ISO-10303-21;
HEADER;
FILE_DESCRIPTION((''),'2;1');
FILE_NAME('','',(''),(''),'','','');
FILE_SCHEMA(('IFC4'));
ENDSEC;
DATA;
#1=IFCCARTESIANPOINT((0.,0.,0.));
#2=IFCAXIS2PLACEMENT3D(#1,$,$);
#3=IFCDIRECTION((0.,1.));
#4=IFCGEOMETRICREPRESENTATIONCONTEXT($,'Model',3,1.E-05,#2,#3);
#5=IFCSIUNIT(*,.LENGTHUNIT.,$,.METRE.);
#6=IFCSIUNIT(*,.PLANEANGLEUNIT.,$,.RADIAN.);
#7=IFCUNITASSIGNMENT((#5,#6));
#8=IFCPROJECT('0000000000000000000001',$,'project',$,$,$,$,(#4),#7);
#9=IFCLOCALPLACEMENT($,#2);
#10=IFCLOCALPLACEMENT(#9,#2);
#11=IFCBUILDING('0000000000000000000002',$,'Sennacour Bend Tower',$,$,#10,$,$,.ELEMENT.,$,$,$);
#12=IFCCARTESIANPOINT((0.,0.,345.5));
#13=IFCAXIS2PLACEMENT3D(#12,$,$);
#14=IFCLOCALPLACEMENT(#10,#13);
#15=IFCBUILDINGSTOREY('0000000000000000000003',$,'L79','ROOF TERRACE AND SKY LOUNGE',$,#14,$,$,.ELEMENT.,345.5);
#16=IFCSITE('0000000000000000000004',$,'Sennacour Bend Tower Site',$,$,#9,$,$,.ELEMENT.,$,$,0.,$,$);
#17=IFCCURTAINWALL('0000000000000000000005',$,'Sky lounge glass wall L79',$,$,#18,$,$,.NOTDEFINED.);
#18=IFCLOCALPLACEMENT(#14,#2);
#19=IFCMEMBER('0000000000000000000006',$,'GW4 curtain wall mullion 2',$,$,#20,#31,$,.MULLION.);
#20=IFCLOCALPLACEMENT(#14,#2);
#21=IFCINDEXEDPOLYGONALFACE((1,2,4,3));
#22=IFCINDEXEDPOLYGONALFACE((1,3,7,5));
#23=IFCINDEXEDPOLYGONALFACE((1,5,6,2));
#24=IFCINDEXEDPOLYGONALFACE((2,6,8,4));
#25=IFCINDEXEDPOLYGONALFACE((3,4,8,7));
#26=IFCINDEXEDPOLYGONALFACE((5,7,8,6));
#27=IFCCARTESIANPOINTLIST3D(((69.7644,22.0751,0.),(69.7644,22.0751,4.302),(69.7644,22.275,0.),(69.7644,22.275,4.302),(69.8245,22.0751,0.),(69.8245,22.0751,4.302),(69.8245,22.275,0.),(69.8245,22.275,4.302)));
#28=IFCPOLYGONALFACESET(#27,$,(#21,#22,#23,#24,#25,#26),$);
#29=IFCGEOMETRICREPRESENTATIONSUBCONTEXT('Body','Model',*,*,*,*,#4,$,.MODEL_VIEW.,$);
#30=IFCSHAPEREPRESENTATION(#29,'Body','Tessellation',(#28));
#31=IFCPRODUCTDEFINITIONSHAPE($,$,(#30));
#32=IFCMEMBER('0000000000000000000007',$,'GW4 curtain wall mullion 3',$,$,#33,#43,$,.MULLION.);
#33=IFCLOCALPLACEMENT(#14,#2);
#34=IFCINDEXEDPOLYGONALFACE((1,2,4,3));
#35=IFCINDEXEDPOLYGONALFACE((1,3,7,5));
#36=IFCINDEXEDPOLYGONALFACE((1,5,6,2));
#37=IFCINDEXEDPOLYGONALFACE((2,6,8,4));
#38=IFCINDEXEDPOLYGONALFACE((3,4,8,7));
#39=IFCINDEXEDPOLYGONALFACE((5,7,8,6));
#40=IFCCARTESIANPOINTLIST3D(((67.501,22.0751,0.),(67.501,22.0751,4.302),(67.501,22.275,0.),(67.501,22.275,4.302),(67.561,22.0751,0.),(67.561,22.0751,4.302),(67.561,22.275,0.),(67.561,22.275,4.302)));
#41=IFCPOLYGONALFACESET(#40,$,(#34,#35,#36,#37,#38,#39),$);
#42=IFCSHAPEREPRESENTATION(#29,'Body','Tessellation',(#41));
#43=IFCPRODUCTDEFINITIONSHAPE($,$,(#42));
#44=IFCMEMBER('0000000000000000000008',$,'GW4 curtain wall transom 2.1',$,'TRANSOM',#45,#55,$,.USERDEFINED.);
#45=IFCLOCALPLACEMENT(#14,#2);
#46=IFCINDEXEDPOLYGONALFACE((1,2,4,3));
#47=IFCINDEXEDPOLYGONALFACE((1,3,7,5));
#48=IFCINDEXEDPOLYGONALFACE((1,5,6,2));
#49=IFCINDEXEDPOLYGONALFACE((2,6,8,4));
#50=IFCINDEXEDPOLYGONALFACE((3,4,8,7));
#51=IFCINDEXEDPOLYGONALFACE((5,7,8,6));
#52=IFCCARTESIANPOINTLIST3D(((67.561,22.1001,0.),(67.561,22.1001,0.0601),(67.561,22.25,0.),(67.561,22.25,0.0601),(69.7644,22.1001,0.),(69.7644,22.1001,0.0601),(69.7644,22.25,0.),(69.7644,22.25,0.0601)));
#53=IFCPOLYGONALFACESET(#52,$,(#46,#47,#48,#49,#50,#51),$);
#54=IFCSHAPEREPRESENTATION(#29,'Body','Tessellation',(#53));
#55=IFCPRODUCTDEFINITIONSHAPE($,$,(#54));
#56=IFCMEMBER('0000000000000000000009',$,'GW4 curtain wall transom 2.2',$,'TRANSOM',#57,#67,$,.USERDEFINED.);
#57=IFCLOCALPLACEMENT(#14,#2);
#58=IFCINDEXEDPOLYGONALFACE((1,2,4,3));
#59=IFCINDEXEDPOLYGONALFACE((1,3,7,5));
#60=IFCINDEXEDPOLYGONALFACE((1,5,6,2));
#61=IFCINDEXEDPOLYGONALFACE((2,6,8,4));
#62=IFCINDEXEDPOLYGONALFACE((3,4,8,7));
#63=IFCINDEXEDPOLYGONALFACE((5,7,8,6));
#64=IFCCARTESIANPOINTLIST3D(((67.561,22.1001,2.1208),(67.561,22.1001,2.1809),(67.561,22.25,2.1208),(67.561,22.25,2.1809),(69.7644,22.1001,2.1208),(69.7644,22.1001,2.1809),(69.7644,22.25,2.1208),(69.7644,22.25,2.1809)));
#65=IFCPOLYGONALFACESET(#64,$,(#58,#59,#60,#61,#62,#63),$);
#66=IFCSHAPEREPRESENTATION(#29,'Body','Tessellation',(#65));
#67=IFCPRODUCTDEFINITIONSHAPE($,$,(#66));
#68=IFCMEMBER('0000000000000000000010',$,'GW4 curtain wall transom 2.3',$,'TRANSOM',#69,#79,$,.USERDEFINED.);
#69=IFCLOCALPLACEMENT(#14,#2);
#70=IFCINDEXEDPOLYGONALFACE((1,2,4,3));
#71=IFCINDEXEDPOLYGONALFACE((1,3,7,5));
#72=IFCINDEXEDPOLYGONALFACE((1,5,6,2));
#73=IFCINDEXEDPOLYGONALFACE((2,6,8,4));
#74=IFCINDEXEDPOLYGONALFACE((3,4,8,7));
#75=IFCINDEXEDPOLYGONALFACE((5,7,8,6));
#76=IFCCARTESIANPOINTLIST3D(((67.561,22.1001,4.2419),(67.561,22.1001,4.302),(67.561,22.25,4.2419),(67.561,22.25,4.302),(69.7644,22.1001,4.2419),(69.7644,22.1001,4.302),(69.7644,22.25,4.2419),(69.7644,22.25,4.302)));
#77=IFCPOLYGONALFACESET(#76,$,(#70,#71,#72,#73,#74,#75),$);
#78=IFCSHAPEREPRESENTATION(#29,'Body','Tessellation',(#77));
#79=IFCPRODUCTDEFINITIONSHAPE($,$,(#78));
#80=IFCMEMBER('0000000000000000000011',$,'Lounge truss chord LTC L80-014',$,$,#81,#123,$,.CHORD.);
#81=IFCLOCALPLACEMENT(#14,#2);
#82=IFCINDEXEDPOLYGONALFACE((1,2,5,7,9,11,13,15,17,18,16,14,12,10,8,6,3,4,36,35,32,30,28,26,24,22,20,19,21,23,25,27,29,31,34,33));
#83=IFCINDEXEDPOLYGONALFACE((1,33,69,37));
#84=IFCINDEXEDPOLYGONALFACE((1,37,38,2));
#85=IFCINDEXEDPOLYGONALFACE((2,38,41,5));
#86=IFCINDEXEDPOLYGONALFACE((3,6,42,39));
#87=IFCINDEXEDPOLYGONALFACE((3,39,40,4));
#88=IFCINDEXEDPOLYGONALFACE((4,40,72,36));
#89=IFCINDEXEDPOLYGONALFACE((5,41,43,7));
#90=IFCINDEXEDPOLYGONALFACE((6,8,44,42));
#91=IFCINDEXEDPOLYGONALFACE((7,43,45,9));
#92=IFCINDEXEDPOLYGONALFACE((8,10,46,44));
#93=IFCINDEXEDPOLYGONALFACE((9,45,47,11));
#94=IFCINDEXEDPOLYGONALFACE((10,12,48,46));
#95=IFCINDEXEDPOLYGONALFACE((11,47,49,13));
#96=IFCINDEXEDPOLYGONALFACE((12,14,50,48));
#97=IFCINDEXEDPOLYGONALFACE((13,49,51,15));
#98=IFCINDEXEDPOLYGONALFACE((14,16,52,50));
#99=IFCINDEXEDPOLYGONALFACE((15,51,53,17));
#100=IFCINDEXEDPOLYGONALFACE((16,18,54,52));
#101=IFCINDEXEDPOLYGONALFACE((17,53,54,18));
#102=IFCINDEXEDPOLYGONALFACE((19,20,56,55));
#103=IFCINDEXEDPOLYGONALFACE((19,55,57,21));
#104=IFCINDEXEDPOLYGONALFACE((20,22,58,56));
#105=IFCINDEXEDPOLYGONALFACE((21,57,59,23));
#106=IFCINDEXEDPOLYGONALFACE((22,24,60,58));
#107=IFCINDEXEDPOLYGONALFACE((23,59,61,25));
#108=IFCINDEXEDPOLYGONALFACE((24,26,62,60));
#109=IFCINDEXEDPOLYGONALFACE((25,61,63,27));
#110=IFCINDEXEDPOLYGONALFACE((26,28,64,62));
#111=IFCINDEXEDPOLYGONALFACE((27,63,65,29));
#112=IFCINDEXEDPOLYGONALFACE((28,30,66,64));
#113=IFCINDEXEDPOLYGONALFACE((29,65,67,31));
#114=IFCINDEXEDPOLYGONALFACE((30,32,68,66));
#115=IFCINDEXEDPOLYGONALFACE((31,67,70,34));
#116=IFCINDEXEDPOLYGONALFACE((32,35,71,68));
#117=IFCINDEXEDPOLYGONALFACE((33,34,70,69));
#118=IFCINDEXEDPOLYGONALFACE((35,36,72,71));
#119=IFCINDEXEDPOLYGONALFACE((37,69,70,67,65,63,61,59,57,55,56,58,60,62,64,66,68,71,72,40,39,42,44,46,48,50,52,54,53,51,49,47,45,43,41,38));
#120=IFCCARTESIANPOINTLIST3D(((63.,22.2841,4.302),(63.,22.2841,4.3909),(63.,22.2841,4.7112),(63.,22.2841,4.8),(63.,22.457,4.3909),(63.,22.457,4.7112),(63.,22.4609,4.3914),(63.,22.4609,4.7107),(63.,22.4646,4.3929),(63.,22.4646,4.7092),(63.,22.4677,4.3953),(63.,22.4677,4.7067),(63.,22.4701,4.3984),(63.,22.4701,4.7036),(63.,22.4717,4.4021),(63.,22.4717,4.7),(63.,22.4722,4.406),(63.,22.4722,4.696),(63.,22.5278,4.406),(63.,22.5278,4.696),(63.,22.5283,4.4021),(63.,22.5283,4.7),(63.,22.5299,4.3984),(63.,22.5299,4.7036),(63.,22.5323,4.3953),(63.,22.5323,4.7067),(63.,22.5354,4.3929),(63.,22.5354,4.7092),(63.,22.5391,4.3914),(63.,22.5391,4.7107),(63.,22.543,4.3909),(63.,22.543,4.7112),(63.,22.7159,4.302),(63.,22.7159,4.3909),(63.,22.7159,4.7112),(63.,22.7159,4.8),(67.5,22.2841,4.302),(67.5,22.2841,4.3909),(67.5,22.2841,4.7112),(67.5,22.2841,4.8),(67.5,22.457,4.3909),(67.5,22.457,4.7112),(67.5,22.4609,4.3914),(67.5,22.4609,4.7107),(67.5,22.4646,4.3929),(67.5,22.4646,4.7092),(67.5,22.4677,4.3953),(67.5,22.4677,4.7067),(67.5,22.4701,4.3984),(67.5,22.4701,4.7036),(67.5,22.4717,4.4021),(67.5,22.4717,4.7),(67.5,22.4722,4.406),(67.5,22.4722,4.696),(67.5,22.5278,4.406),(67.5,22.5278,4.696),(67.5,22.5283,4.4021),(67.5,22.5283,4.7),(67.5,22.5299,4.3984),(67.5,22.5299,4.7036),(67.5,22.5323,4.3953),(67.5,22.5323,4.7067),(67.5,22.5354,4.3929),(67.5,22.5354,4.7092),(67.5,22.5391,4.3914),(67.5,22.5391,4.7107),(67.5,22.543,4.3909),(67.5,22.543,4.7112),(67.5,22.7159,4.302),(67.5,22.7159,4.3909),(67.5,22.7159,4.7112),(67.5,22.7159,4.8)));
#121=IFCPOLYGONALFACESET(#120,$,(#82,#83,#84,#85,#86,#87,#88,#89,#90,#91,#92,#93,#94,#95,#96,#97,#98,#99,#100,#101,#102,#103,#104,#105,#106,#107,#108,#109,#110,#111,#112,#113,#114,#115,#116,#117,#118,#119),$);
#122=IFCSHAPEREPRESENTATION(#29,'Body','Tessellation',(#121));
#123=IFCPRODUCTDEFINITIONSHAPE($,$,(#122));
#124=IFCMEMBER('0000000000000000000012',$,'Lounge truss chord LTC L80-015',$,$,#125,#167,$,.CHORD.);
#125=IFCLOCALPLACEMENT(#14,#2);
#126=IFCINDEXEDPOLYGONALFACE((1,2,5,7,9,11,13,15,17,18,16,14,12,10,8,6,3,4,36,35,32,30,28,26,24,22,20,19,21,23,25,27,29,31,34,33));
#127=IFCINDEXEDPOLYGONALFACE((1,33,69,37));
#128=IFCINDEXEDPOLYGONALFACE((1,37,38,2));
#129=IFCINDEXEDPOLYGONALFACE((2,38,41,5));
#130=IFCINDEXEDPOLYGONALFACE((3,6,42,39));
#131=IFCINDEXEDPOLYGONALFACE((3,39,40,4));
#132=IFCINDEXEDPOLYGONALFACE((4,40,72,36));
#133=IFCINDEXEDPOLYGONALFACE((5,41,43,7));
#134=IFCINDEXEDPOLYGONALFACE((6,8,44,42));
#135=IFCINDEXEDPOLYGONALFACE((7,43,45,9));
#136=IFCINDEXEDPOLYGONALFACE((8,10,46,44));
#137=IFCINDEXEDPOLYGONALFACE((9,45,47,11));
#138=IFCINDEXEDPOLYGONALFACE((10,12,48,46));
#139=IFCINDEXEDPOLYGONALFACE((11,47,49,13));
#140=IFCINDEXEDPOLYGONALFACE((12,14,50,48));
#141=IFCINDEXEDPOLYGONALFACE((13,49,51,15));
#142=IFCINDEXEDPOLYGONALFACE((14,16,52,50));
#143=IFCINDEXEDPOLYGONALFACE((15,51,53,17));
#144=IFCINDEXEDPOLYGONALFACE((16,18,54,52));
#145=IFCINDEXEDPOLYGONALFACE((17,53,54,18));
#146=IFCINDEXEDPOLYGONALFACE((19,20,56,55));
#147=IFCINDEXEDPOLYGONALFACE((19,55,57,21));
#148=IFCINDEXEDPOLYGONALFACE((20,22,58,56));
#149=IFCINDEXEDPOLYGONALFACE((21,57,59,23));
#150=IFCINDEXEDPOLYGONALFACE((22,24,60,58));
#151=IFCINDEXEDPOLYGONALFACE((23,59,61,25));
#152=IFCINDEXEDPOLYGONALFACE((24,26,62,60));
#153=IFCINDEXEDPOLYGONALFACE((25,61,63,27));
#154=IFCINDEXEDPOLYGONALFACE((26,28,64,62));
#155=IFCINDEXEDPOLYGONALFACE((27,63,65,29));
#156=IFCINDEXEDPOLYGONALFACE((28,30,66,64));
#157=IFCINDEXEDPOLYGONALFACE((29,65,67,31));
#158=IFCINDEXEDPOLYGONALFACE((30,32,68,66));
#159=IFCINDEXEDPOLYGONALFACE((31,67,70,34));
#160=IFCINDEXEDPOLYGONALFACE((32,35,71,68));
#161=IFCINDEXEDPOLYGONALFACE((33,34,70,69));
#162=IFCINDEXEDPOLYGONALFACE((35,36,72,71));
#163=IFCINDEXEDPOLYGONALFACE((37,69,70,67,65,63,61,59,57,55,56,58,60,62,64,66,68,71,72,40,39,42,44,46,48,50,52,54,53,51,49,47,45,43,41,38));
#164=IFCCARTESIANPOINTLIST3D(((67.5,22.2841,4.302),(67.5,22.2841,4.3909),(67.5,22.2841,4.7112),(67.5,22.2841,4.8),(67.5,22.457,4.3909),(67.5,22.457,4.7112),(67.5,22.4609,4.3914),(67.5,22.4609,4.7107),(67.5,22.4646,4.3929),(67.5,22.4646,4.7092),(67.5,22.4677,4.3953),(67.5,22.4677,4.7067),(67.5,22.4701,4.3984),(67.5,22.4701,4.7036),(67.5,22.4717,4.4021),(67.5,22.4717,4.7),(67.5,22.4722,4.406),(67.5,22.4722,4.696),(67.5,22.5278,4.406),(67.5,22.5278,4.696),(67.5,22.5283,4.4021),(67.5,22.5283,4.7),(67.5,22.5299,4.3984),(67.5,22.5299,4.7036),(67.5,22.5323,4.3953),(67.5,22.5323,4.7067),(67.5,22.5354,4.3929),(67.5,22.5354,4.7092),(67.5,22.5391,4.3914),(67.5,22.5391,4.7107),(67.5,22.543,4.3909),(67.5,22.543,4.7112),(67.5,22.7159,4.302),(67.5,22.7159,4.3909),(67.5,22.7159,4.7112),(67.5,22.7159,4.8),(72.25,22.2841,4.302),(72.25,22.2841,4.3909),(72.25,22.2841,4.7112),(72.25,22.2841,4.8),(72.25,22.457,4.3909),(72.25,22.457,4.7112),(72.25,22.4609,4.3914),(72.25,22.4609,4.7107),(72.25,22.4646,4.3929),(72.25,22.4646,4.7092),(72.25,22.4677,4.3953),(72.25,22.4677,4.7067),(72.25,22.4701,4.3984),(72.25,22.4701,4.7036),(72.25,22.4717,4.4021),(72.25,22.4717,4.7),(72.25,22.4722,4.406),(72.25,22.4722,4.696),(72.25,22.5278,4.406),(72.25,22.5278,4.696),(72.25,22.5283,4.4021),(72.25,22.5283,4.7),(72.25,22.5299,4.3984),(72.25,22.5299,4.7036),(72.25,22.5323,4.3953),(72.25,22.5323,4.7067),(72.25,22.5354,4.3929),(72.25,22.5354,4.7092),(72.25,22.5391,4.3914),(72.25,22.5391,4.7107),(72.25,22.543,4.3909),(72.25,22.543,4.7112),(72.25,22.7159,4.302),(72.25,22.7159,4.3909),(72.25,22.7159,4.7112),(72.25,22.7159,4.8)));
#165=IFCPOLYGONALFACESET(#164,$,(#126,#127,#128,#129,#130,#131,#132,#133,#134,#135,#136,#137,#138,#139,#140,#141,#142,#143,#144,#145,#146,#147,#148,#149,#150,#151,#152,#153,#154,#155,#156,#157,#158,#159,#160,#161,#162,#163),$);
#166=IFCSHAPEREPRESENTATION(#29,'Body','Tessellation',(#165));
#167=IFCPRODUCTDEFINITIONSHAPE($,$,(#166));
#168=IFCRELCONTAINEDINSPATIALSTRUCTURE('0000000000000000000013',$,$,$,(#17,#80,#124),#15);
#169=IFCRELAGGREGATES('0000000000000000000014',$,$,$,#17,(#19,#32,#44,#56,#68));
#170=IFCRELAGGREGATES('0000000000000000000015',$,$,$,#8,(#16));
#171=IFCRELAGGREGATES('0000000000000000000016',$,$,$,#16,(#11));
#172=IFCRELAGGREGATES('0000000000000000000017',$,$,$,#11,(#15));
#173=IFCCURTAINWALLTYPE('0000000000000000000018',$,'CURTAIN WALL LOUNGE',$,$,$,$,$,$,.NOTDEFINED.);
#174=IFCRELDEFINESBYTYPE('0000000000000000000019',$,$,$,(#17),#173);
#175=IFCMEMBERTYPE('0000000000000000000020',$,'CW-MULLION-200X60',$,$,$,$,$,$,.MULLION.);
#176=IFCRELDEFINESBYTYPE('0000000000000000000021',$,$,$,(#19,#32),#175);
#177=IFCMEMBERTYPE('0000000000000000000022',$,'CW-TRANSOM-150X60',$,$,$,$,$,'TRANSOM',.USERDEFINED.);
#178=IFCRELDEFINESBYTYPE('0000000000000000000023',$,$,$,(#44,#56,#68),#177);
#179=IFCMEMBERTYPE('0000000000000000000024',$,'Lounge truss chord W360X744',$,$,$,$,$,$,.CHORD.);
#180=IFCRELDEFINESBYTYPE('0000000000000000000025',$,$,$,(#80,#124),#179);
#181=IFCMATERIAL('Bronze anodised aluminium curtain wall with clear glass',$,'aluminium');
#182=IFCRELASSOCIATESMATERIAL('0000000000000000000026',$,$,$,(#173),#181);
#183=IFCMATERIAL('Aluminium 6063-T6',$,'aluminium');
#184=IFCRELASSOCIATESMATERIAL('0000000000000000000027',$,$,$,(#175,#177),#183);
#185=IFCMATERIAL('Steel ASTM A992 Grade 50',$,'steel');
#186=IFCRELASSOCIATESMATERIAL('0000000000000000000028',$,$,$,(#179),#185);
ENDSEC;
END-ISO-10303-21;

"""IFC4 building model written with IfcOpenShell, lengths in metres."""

from ifc_helpers import new_model, si_unit, direction, frame, origin, origin_2d, place, context, subcontext, project, spatial, rectangle, i_section, extrude, material, material_profile, profile_set, type_object, element, aggregate, save


model = new_model("IFC4")

# Units and contexts
model_context = context("Model", 3, precision=1e-05, world=origin(), true_north=direction((0.0, 1.0)))
body_context = subcontext(model_context, "Body", "Model", "MODEL_VIEW")
ifc_project = project(units=[si_unit("LENGTHUNIT", "METRE"), si_unit("PLANEANGLEUNIT", "RADIAN")], contexts=[model_context])

# Site, building, storey
site_placement = place(None, origin())
site = spatial("IfcSite", under=ifc_project, at=site_placement, Name="Sennacour Bend Tower Site", CompositionType="ELEMENT", RefElevation=0.0)
building_placement = place(site_placement, origin())
building = spatial("IfcBuilding", under=site, at=building_placement, Name="Sennacour Bend Tower", CompositionType="ELEMENT")
storey_placement = place(building_placement, frame((0.0, 0.0, 345.5)))
storey = spatial("IfcBuildingStorey", under=building, at=storey_placement, Name="L79", Description="ROOF TERRACE AND SKY LOUNGE", CompositionType="ELEMENT", Elevation=345.5)

# Curtain wall, members
ifc_material_1 = material(Name="Bronze anodised aluminium curtain wall with clear glass", Category="aluminium")
curtain_wall_type = type_object("IfcCurtainWallType", Name="CURTAIN WALL LOUNGE", PredefinedType="NOTDEFINED", material=ifc_material_1)
curtain_wall_placement = place(storey_placement, origin())
curtain_wall = element("IfcCurtainWall", 1, at=curtain_wall_placement, inside=storey, type_object=curtain_wall_type, Name="Sky lounge glass wall L79", PredefinedType="NOTDEFINED")
ifc_material_2 = material(Name="Aluminium 6063-T6", Category="aluminium")
ifc_material_profile_1 = material_profile(ifc_material_2, rectangle(XDim=0.2, YDim=0.0601, at=origin_2d()), Name="Aluminium 6063-T6", Category="aluminium")
ifc_profile_set_1 = profile_set([ifc_material_profile_1], Name="Aluminium 6063-T6")
member_type_1 = type_object("IfcMemberType", Name="CW-MULLION-200X60", PredefinedType="MULLION", material=ifc_profile_set_1)
member_1_placement = place(storey_placement, frame((69.7944, 22.175, 0.0), z_axis=(0.0, 0.0, 1.0), x_axis=(0.0, -1.0, 0.0)))
member_1 = element("IfcMember", 2, at=member_1_placement, type_object=member_type_1, Name="GW4 curtain wall mullion 2", PredefinedType="MULLION", context=body_context, shape_type="SweptSolid", body=[
    extrude(rectangle(XDim=0.2, YDim=0.0601, at=origin_2d()), origin(), (0.0, 0.0, 1.0), 4.302),
])
member_2_placement = place(storey_placement, frame((67.531, 22.175, 0.0), z_axis=(0.0, 0.0, 1.0), x_axis=(0.0, -1.0, 0.0)))
member_2 = element("IfcMember", 3, at=member_2_placement, type_object=member_type_1, Name="GW4 curtain wall mullion 3", PredefinedType="MULLION", context=body_context, shape_type="SweptSolid", body=[
    extrude(rectangle(XDim=0.2, YDim=0.0601, at=origin_2d()), origin(), (0.0, 0.0, 1.0), 4.302),
])
ifc_material_profile_2 = material_profile(ifc_material_2, rectangle(XDim=0.1499, YDim=0.0601, at=origin_2d()), Name="Aluminium 6063-T6", Category="aluminium")
ifc_profile_set_2 = profile_set([ifc_material_profile_2], Name="Aluminium 6063-T6")
member_type_2 = type_object("IfcMemberType", Name="CW-TRANSOM-150X60", ElementType="TRANSOM", PredefinedType="USERDEFINED", material=ifc_profile_set_2)
member_3_placement = place(storey_placement, frame((69.7644, 22.175, 0.03), z_axis=(-1.0, 0.0, 0.0), x_axis=(0.0, -1.0, 0.0)))
member_3 = element("IfcMember", 4, at=member_3_placement, type_object=member_type_2, Name="GW4 curtain wall transom 2.1", ObjectType="TRANSOM", PredefinedType="USERDEFINED", context=body_context, shape_type="SweptSolid", body=[
    extrude(rectangle(XDim=0.1499, YDim=0.0601, at=origin_2d()), origin(), (0.0, 0.0, 1.0), 2.2034),
])
member_4_placement = place(storey_placement, frame((69.7644, 22.175, 2.1509), z_axis=(-1.0, 0.0, 0.0), x_axis=(0.0, -1.0, 0.0)))
member_4 = element("IfcMember", 5, at=member_4_placement, type_object=member_type_2, Name="GW4 curtain wall transom 2.2", ObjectType="TRANSOM", PredefinedType="USERDEFINED", context=body_context, shape_type="SweptSolid", body=[
    extrude(rectangle(XDim=0.1499, YDim=0.0601, at=origin_2d()), origin(), (0.0, 0.0, 1.0), 2.2034),
])
member_5_placement = place(storey_placement, frame((69.7644, 22.175, 4.272), z_axis=(-1.0, 0.0, 0.0), x_axis=(0.0, -1.0, 0.0)))
member_5 = element("IfcMember", 6, at=member_5_placement, type_object=member_type_2, Name="GW4 curtain wall transom 2.3", ObjectType="TRANSOM", PredefinedType="USERDEFINED", context=body_context, shape_type="SweptSolid", body=[
    extrude(rectangle(XDim=0.1499, YDim=0.0601, at=origin_2d()), origin(), (0.0, 0.0, 1.0), 2.2034),
])

# Members
ifc_material_3 = material(Name="Steel ASTM A992 Grade 50", Category="steel")
ifc_material_profile_3 = material_profile(ifc_material_3, i_section(OverallWidth=0.4319, OverallDepth=0.498, WebThickness=0.0557, FlangeThickness=0.0889, FilletRadius=0.0151, at=origin_2d()), Name="Steel ASTM A992 Grade 50", Category="steel")
ifc_profile_set_3 = profile_set([ifc_material_profile_3], Name="Steel ASTM A992 Grade 50")
member_type_3 = type_object("IfcMemberType", Name="Lounge truss chord W360X744", PredefinedType="CHORD", material=ifc_profile_set_3)
member_6_placement = place(storey_placement, frame((63.0, 22.5, 4.551), z_axis=(1.0, 0.0, 0.0), x_axis=(0.0, 1.0, 0.0)))
element("IfcMember", 7, at=member_6_placement, inside=storey, type_object=member_type_3, Name="Lounge truss chord LTC L80-014", PredefinedType="CHORD", context=body_context, shape_type="SweptSolid", body=[
    extrude(i_section(OverallWidth=0.4319, OverallDepth=0.498, WebThickness=0.0557, FlangeThickness=0.0889, FilletRadius=0.0151, at=origin_2d()), origin(), (0.0, 0.0, 1.0), 4.5),
])
member_7_placement = place(storey_placement, frame((67.5, 22.5, 4.551), z_axis=(1.0, 0.0, 0.0), x_axis=(0.0, 1.0, 0.0)))
element("IfcMember", 8, at=member_7_placement, inside=storey, type_object=member_type_3, Name="Lounge truss chord LTC L80-015", PredefinedType="CHORD", context=body_context, shape_type="SweptSolid", body=[
    extrude(i_section(OverallWidth=0.4319, OverallDepth=0.498, WebThickness=0.0557, FlangeThickness=0.0889, FilletRadius=0.0151, at=origin_2d()), origin(), (0.0, 0.0, 1.0), 4.75),
])

aggregate(curtain_wall, [member_1, member_2, member_3, member_4, member_5])

save(model, "model.ifc")
